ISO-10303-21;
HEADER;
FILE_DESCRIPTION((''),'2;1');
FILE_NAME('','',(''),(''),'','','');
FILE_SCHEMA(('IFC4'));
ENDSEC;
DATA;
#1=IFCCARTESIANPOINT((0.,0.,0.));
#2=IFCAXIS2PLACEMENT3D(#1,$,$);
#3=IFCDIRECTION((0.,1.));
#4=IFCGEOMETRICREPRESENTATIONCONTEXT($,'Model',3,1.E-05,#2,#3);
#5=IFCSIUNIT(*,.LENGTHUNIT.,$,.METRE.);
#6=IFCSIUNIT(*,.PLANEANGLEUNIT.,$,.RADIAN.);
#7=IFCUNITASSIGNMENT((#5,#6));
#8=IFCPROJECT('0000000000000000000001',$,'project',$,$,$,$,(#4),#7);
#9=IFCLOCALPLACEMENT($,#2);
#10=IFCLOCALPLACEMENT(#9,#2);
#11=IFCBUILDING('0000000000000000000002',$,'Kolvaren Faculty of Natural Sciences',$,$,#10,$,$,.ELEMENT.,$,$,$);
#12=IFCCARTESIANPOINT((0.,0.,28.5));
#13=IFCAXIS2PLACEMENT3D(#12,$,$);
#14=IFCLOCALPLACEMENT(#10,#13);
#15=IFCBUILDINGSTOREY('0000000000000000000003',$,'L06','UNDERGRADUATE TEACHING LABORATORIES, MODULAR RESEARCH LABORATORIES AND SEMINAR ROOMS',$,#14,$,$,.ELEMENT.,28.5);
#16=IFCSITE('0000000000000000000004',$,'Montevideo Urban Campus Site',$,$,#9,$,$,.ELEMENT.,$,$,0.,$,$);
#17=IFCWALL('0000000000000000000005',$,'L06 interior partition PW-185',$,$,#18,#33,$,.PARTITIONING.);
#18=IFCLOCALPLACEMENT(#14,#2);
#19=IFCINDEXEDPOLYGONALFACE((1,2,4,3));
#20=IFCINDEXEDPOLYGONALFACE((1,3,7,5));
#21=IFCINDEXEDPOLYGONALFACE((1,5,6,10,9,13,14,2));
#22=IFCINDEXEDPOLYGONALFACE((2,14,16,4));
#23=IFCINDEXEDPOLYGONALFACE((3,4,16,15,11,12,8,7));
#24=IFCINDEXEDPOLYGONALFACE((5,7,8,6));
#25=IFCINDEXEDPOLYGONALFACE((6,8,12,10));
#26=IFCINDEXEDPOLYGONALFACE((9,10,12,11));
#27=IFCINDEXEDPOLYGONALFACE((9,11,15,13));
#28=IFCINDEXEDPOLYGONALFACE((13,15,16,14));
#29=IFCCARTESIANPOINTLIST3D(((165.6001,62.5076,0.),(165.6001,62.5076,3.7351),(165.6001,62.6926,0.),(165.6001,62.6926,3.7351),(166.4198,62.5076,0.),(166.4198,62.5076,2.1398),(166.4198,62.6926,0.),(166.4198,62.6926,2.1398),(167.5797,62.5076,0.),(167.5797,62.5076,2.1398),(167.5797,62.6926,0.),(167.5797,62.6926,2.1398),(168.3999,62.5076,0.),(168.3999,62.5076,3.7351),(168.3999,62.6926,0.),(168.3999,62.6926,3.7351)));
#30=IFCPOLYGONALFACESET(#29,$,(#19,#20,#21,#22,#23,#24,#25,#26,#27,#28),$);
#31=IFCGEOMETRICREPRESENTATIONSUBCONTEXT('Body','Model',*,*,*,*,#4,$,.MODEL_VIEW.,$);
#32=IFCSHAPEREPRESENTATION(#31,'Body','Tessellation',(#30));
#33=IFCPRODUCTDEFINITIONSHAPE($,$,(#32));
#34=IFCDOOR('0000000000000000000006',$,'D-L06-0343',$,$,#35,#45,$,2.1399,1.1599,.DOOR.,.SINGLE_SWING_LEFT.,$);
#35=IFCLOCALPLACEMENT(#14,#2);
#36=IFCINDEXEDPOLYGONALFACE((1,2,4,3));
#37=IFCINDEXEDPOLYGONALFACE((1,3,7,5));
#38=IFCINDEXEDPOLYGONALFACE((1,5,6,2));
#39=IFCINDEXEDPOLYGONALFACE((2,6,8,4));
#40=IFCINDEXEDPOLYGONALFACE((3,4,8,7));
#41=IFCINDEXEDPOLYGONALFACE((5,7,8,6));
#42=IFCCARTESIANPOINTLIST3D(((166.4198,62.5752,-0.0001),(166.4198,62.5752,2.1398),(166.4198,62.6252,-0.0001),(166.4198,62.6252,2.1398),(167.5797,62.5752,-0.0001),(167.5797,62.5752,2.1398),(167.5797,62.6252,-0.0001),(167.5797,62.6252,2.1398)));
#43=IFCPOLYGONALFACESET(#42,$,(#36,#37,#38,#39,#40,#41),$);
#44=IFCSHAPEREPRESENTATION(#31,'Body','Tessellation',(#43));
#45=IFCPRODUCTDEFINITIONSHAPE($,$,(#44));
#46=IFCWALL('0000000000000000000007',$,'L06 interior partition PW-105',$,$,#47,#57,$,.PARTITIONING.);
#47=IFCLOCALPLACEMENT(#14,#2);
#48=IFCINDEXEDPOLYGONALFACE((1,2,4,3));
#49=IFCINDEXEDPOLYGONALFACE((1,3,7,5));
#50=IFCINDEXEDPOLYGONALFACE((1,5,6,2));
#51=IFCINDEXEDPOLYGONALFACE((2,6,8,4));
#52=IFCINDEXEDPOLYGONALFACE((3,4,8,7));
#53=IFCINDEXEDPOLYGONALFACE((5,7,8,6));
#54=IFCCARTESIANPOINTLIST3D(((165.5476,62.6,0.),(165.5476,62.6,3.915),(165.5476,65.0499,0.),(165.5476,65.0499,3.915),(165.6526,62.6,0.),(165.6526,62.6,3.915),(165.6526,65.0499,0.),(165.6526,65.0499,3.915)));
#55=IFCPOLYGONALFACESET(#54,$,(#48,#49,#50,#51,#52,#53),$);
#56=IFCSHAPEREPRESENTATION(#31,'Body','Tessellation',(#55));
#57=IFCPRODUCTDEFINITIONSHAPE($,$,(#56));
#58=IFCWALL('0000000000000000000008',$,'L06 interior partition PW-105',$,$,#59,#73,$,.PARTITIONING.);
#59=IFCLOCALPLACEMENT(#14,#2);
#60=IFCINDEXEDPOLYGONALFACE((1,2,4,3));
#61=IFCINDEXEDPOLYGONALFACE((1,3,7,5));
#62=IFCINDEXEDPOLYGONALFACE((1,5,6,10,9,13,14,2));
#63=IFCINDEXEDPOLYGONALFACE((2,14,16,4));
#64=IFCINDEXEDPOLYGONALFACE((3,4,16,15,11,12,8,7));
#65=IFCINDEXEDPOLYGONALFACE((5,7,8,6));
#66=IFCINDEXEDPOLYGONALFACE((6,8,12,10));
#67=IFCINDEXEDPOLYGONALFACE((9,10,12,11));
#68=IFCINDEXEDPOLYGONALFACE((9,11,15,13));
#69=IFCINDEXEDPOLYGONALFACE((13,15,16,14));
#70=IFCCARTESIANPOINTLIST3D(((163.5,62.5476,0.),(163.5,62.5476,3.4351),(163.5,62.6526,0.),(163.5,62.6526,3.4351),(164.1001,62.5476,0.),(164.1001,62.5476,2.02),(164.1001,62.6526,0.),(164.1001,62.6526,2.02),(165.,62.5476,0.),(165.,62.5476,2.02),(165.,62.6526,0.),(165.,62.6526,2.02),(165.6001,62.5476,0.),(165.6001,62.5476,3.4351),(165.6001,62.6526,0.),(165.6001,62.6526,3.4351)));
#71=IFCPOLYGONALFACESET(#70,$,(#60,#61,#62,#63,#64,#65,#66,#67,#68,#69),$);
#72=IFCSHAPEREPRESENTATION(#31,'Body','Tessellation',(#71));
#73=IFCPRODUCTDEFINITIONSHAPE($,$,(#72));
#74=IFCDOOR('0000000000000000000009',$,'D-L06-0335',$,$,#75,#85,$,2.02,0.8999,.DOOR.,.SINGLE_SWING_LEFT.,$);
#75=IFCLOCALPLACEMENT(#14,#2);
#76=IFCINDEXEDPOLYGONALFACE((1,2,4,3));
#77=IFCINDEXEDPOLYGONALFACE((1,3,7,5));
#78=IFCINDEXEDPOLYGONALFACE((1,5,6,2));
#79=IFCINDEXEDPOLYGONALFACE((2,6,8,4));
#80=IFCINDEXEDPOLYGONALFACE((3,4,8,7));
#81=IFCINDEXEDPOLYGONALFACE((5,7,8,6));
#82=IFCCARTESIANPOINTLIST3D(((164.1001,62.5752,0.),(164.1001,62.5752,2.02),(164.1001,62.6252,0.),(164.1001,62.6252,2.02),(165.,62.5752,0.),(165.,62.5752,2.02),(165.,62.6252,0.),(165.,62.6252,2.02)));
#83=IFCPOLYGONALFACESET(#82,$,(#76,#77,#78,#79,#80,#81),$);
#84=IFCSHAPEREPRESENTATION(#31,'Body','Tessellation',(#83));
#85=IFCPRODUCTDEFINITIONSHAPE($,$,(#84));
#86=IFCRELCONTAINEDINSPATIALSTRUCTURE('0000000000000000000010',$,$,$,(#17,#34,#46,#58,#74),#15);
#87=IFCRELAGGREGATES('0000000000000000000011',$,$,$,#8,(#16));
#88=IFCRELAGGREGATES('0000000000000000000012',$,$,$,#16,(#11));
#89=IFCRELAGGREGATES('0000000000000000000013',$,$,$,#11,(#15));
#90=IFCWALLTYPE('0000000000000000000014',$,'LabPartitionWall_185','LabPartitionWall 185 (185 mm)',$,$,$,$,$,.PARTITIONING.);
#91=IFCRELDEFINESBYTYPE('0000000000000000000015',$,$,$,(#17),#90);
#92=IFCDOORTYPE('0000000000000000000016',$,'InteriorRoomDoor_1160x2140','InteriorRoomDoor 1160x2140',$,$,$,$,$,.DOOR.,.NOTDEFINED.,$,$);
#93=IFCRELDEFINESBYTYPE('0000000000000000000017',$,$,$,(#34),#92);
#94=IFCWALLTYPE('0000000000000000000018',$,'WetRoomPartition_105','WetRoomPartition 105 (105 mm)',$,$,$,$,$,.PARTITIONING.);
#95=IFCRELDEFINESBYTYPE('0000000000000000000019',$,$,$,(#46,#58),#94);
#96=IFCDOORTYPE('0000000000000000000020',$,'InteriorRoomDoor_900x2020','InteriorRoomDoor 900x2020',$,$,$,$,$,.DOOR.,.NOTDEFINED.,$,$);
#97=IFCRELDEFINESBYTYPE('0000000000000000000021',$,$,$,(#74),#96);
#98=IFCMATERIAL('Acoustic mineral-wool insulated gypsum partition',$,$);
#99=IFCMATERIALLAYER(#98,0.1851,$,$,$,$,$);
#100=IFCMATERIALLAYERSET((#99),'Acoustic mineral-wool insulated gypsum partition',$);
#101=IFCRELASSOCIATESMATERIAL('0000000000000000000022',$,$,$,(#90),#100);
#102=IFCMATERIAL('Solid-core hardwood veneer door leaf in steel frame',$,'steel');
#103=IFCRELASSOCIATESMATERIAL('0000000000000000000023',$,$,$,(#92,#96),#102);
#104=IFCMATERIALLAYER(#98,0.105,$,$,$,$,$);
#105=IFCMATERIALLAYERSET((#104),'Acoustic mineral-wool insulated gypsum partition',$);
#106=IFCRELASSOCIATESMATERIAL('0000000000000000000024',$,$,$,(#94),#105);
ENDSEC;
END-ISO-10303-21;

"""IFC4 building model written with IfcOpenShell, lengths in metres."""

from ifc_helpers import new_model, si_unit, direction, frame, frame_2d, origin, place, context, subcontext, project, spatial, rectangle, extrude, material, layer, layer_set, type_object, element, fill, save


model = new_model("IFC4")

# Units and contexts
model_context = context("Model", 3, precision=1e-05, world=origin(), true_north=direction((0.0, 1.0)))
body_context = subcontext(model_context, "Body", "Model", "MODEL_VIEW")
ifc_project = project(units=[si_unit("LENGTHUNIT", "METRE"), si_unit("PLANEANGLEUNIT", "RADIAN")], contexts=[model_context])

# Site, building, storey
site_placement = place(None, origin())
site = spatial("IfcSite", under=ifc_project, at=site_placement, Name="Montevideo Urban Campus Site", CompositionType="ELEMENT", RefElevation=0.0)
building_placement = place(site_placement, origin())
building = spatial("IfcBuilding", under=site, at=building_placement, Name="Kolvaren Faculty of Natural Sciences", CompositionType="ELEMENT")
storey_placement = place(building_placement, frame((0.0, 0.0, 28.5)))
storey = spatial("IfcBuildingStorey", under=building, at=storey_placement, Name="L06", Description="UNDERGRADUATE TEACHING LABORATORIES, MODULAR RESEARCH LABORATORIES AND SEMINAR ROOMS", CompositionType="ELEMENT", Elevation=28.5)

# Wall, opening, door
ifc_material_1 = material(Name="Acoustic mineral-wool insulated gypsum partition")
ifc_material_2 = material(Name="Solid-core hardwood veneer door leaf in steel frame", Category="steel")
ifc_layer_1 = layer(ifc_material_1, 0.1851)
ifc_layer_set_1 = layer_set([ifc_layer_1], Name="Acoustic mineral-wool insulated gypsum partition")
wall_type_1 = type_object("IfcWallType", Name="LabPartitionWall_185", Description="LabPartitionWall 185 (185 mm)", PredefinedType="PARTITIONING", material=ifc_layer_set_1)
wall_1_placement = place(storey_placement, frame((168.3999, 62.6001, 0.0), z_axis=(0.0, 0.0, 1.0), x_axis=(-1.0, 0.0, 0.0)))
wall_1 = element("IfcWall", 1, at=wall_1_placement, inside=storey, type_object=wall_type_1, Name="L06 interior partition PW-185", PredefinedType="PARTITIONING", context=body_context, shape_type="SweptSolid", body=[
    extrude(rectangle(XDim=2.7998, YDim=0.1851, at=frame_2d((1.3999, 0.0))), origin(), (0.0, 0.0, 1.0), 3.7351),
])
opening_1_placement = place(wall_1_placement, frame((0.8201, 0.0, 0.0)))
opening_1 = element("IfcOpeningElement", 2, at=opening_1_placement, cuts=wall_1, PredefinedType="OPENING", context=body_context, shape_type="SweptSolid", body=[
    extrude(rectangle(XDim=1.1599, YDim=2.1399, at=frame_2d((0.5801, 1.0698))), frame((0.0, 0.1025, 0.0), z_axis=(0.0, -1.0, 0.0), x_axis=(1.0, 0.0, 0.0)), (0.0, 0.0, 1.0), 0.2051),
])
door_type_1 = type_object("IfcDoorType", Name="InteriorRoomDoor_1160x2140", Description="InteriorRoomDoor 1160x2140", OperationType="NOTDEFINED", PredefinedType="DOOR", material=ifc_material_2)
door_1_placement = place(opening_1_placement, origin())
door_1 = element("IfcDoor", 3, at=door_1_placement, inside=storey, type_object=door_type_1, Name="D-L06-0343", OperationType="SINGLE_SWING_LEFT", OverallHeight=2.1399, OverallWidth=1.1599, PredefinedType="DOOR", context=body_context, shape_type="SweptSolid", body=[
    extrude(rectangle(XDim=1.1599, YDim=2.1399, at=frame_2d((0.5801, 1.0698))), frame((0.0, 0.0249, 0.0), z_axis=(0.0, -1.0, 0.0), x_axis=(1.0, 0.0, 0.0)), (0.0, 0.0, 1.0), 0.05),
])
fill(opening_1, door_1)

# Wall
ifc_layer_2 = layer(ifc_material_1, 0.105)
ifc_layer_set_2 = layer_set([ifc_layer_2], Name="Acoustic mineral-wool insulated gypsum partition")
wall_type_2 = type_object("IfcWallType", Name="WetRoomPartition_105", Description="WetRoomPartition 105 (105 mm)", PredefinedType="PARTITIONING", material=ifc_layer_set_2)
wall_2_placement = place(storey_placement, frame((165.6001, 65.05, 0.0), z_axis=(0.0, 0.0, 1.0), x_axis=(0.0, -1.0, 0.0)))
element("IfcWall", 4, at=wall_2_placement, inside=storey, type_object=wall_type_2, Name="L06 interior partition PW-105", PredefinedType="PARTITIONING", context=body_context, shape_type="SweptSolid", body=[
    extrude(rectangle(XDim=2.45, YDim=0.105, at=frame_2d((1.2251, 0.0))), origin(), (0.0, 0.0, 1.0), 3.915),
])

# Wall, opening, door
wall_3_placement = place(storey_placement, frame((165.6001, 62.6001, 0.0), z_axis=(0.0, 0.0, 1.0), x_axis=(-1.0, 0.0, 0.0)))
wall_3 = element("IfcWall", 5, at=wall_3_placement, inside=storey, type_object=wall_type_2, Name="L06 interior partition PW-105", PredefinedType="PARTITIONING", context=body_context, shape_type="SweptSolid", body=[
    extrude(rectangle(XDim=2.1001, YDim=0.105, at=frame_2d((1.05, 0.0))), origin(), (0.0, 0.0, 1.0), 3.4351),
])
opening_2_placement = place(wall_3_placement, frame((0.6001, 0.0, 0.0)))
opening_2 = element("IfcOpeningElement", 6, at=opening_2_placement, cuts=wall_3, PredefinedType="OPENING", context=body_context, shape_type="SweptSolid", body=[
    extrude(rectangle(XDim=0.8999, YDim=2.02, at=frame_2d((0.45, 1.01))), frame((0.0, 0.0625, 0.0), z_axis=(0.0, -1.0, 0.0), x_axis=(1.0, 0.0, 0.0)), (0.0, 0.0, 1.0), 0.125),
])
door_type_2 = type_object("IfcDoorType", Name="InteriorRoomDoor_900x2020", Description="InteriorRoomDoor 900x2020", OperationType="NOTDEFINED", PredefinedType="DOOR", material=ifc_material_2)
door_2_placement = place(opening_2_placement, origin())
door_2 = element("IfcDoor", 7, at=door_2_placement, inside=storey, type_object=door_type_2, Name="D-L06-0335", OperationType="SINGLE_SWING_LEFT", OverallHeight=2.02, OverallWidth=0.8999, PredefinedType="DOOR", context=body_context, shape_type="SweptSolid", body=[
    extrude(rectangle(XDim=0.8999, YDim=2.02, at=frame_2d((0.45, 1.01))), frame((0.0, 0.0249, 0.0), z_axis=(0.0, -1.0, 0.0), x_axis=(1.0, 0.0, 0.0)), (0.0, 0.0, 1.0), 0.05),
])
fill(opening_2, door_2)

save(model, "model.ifc")
